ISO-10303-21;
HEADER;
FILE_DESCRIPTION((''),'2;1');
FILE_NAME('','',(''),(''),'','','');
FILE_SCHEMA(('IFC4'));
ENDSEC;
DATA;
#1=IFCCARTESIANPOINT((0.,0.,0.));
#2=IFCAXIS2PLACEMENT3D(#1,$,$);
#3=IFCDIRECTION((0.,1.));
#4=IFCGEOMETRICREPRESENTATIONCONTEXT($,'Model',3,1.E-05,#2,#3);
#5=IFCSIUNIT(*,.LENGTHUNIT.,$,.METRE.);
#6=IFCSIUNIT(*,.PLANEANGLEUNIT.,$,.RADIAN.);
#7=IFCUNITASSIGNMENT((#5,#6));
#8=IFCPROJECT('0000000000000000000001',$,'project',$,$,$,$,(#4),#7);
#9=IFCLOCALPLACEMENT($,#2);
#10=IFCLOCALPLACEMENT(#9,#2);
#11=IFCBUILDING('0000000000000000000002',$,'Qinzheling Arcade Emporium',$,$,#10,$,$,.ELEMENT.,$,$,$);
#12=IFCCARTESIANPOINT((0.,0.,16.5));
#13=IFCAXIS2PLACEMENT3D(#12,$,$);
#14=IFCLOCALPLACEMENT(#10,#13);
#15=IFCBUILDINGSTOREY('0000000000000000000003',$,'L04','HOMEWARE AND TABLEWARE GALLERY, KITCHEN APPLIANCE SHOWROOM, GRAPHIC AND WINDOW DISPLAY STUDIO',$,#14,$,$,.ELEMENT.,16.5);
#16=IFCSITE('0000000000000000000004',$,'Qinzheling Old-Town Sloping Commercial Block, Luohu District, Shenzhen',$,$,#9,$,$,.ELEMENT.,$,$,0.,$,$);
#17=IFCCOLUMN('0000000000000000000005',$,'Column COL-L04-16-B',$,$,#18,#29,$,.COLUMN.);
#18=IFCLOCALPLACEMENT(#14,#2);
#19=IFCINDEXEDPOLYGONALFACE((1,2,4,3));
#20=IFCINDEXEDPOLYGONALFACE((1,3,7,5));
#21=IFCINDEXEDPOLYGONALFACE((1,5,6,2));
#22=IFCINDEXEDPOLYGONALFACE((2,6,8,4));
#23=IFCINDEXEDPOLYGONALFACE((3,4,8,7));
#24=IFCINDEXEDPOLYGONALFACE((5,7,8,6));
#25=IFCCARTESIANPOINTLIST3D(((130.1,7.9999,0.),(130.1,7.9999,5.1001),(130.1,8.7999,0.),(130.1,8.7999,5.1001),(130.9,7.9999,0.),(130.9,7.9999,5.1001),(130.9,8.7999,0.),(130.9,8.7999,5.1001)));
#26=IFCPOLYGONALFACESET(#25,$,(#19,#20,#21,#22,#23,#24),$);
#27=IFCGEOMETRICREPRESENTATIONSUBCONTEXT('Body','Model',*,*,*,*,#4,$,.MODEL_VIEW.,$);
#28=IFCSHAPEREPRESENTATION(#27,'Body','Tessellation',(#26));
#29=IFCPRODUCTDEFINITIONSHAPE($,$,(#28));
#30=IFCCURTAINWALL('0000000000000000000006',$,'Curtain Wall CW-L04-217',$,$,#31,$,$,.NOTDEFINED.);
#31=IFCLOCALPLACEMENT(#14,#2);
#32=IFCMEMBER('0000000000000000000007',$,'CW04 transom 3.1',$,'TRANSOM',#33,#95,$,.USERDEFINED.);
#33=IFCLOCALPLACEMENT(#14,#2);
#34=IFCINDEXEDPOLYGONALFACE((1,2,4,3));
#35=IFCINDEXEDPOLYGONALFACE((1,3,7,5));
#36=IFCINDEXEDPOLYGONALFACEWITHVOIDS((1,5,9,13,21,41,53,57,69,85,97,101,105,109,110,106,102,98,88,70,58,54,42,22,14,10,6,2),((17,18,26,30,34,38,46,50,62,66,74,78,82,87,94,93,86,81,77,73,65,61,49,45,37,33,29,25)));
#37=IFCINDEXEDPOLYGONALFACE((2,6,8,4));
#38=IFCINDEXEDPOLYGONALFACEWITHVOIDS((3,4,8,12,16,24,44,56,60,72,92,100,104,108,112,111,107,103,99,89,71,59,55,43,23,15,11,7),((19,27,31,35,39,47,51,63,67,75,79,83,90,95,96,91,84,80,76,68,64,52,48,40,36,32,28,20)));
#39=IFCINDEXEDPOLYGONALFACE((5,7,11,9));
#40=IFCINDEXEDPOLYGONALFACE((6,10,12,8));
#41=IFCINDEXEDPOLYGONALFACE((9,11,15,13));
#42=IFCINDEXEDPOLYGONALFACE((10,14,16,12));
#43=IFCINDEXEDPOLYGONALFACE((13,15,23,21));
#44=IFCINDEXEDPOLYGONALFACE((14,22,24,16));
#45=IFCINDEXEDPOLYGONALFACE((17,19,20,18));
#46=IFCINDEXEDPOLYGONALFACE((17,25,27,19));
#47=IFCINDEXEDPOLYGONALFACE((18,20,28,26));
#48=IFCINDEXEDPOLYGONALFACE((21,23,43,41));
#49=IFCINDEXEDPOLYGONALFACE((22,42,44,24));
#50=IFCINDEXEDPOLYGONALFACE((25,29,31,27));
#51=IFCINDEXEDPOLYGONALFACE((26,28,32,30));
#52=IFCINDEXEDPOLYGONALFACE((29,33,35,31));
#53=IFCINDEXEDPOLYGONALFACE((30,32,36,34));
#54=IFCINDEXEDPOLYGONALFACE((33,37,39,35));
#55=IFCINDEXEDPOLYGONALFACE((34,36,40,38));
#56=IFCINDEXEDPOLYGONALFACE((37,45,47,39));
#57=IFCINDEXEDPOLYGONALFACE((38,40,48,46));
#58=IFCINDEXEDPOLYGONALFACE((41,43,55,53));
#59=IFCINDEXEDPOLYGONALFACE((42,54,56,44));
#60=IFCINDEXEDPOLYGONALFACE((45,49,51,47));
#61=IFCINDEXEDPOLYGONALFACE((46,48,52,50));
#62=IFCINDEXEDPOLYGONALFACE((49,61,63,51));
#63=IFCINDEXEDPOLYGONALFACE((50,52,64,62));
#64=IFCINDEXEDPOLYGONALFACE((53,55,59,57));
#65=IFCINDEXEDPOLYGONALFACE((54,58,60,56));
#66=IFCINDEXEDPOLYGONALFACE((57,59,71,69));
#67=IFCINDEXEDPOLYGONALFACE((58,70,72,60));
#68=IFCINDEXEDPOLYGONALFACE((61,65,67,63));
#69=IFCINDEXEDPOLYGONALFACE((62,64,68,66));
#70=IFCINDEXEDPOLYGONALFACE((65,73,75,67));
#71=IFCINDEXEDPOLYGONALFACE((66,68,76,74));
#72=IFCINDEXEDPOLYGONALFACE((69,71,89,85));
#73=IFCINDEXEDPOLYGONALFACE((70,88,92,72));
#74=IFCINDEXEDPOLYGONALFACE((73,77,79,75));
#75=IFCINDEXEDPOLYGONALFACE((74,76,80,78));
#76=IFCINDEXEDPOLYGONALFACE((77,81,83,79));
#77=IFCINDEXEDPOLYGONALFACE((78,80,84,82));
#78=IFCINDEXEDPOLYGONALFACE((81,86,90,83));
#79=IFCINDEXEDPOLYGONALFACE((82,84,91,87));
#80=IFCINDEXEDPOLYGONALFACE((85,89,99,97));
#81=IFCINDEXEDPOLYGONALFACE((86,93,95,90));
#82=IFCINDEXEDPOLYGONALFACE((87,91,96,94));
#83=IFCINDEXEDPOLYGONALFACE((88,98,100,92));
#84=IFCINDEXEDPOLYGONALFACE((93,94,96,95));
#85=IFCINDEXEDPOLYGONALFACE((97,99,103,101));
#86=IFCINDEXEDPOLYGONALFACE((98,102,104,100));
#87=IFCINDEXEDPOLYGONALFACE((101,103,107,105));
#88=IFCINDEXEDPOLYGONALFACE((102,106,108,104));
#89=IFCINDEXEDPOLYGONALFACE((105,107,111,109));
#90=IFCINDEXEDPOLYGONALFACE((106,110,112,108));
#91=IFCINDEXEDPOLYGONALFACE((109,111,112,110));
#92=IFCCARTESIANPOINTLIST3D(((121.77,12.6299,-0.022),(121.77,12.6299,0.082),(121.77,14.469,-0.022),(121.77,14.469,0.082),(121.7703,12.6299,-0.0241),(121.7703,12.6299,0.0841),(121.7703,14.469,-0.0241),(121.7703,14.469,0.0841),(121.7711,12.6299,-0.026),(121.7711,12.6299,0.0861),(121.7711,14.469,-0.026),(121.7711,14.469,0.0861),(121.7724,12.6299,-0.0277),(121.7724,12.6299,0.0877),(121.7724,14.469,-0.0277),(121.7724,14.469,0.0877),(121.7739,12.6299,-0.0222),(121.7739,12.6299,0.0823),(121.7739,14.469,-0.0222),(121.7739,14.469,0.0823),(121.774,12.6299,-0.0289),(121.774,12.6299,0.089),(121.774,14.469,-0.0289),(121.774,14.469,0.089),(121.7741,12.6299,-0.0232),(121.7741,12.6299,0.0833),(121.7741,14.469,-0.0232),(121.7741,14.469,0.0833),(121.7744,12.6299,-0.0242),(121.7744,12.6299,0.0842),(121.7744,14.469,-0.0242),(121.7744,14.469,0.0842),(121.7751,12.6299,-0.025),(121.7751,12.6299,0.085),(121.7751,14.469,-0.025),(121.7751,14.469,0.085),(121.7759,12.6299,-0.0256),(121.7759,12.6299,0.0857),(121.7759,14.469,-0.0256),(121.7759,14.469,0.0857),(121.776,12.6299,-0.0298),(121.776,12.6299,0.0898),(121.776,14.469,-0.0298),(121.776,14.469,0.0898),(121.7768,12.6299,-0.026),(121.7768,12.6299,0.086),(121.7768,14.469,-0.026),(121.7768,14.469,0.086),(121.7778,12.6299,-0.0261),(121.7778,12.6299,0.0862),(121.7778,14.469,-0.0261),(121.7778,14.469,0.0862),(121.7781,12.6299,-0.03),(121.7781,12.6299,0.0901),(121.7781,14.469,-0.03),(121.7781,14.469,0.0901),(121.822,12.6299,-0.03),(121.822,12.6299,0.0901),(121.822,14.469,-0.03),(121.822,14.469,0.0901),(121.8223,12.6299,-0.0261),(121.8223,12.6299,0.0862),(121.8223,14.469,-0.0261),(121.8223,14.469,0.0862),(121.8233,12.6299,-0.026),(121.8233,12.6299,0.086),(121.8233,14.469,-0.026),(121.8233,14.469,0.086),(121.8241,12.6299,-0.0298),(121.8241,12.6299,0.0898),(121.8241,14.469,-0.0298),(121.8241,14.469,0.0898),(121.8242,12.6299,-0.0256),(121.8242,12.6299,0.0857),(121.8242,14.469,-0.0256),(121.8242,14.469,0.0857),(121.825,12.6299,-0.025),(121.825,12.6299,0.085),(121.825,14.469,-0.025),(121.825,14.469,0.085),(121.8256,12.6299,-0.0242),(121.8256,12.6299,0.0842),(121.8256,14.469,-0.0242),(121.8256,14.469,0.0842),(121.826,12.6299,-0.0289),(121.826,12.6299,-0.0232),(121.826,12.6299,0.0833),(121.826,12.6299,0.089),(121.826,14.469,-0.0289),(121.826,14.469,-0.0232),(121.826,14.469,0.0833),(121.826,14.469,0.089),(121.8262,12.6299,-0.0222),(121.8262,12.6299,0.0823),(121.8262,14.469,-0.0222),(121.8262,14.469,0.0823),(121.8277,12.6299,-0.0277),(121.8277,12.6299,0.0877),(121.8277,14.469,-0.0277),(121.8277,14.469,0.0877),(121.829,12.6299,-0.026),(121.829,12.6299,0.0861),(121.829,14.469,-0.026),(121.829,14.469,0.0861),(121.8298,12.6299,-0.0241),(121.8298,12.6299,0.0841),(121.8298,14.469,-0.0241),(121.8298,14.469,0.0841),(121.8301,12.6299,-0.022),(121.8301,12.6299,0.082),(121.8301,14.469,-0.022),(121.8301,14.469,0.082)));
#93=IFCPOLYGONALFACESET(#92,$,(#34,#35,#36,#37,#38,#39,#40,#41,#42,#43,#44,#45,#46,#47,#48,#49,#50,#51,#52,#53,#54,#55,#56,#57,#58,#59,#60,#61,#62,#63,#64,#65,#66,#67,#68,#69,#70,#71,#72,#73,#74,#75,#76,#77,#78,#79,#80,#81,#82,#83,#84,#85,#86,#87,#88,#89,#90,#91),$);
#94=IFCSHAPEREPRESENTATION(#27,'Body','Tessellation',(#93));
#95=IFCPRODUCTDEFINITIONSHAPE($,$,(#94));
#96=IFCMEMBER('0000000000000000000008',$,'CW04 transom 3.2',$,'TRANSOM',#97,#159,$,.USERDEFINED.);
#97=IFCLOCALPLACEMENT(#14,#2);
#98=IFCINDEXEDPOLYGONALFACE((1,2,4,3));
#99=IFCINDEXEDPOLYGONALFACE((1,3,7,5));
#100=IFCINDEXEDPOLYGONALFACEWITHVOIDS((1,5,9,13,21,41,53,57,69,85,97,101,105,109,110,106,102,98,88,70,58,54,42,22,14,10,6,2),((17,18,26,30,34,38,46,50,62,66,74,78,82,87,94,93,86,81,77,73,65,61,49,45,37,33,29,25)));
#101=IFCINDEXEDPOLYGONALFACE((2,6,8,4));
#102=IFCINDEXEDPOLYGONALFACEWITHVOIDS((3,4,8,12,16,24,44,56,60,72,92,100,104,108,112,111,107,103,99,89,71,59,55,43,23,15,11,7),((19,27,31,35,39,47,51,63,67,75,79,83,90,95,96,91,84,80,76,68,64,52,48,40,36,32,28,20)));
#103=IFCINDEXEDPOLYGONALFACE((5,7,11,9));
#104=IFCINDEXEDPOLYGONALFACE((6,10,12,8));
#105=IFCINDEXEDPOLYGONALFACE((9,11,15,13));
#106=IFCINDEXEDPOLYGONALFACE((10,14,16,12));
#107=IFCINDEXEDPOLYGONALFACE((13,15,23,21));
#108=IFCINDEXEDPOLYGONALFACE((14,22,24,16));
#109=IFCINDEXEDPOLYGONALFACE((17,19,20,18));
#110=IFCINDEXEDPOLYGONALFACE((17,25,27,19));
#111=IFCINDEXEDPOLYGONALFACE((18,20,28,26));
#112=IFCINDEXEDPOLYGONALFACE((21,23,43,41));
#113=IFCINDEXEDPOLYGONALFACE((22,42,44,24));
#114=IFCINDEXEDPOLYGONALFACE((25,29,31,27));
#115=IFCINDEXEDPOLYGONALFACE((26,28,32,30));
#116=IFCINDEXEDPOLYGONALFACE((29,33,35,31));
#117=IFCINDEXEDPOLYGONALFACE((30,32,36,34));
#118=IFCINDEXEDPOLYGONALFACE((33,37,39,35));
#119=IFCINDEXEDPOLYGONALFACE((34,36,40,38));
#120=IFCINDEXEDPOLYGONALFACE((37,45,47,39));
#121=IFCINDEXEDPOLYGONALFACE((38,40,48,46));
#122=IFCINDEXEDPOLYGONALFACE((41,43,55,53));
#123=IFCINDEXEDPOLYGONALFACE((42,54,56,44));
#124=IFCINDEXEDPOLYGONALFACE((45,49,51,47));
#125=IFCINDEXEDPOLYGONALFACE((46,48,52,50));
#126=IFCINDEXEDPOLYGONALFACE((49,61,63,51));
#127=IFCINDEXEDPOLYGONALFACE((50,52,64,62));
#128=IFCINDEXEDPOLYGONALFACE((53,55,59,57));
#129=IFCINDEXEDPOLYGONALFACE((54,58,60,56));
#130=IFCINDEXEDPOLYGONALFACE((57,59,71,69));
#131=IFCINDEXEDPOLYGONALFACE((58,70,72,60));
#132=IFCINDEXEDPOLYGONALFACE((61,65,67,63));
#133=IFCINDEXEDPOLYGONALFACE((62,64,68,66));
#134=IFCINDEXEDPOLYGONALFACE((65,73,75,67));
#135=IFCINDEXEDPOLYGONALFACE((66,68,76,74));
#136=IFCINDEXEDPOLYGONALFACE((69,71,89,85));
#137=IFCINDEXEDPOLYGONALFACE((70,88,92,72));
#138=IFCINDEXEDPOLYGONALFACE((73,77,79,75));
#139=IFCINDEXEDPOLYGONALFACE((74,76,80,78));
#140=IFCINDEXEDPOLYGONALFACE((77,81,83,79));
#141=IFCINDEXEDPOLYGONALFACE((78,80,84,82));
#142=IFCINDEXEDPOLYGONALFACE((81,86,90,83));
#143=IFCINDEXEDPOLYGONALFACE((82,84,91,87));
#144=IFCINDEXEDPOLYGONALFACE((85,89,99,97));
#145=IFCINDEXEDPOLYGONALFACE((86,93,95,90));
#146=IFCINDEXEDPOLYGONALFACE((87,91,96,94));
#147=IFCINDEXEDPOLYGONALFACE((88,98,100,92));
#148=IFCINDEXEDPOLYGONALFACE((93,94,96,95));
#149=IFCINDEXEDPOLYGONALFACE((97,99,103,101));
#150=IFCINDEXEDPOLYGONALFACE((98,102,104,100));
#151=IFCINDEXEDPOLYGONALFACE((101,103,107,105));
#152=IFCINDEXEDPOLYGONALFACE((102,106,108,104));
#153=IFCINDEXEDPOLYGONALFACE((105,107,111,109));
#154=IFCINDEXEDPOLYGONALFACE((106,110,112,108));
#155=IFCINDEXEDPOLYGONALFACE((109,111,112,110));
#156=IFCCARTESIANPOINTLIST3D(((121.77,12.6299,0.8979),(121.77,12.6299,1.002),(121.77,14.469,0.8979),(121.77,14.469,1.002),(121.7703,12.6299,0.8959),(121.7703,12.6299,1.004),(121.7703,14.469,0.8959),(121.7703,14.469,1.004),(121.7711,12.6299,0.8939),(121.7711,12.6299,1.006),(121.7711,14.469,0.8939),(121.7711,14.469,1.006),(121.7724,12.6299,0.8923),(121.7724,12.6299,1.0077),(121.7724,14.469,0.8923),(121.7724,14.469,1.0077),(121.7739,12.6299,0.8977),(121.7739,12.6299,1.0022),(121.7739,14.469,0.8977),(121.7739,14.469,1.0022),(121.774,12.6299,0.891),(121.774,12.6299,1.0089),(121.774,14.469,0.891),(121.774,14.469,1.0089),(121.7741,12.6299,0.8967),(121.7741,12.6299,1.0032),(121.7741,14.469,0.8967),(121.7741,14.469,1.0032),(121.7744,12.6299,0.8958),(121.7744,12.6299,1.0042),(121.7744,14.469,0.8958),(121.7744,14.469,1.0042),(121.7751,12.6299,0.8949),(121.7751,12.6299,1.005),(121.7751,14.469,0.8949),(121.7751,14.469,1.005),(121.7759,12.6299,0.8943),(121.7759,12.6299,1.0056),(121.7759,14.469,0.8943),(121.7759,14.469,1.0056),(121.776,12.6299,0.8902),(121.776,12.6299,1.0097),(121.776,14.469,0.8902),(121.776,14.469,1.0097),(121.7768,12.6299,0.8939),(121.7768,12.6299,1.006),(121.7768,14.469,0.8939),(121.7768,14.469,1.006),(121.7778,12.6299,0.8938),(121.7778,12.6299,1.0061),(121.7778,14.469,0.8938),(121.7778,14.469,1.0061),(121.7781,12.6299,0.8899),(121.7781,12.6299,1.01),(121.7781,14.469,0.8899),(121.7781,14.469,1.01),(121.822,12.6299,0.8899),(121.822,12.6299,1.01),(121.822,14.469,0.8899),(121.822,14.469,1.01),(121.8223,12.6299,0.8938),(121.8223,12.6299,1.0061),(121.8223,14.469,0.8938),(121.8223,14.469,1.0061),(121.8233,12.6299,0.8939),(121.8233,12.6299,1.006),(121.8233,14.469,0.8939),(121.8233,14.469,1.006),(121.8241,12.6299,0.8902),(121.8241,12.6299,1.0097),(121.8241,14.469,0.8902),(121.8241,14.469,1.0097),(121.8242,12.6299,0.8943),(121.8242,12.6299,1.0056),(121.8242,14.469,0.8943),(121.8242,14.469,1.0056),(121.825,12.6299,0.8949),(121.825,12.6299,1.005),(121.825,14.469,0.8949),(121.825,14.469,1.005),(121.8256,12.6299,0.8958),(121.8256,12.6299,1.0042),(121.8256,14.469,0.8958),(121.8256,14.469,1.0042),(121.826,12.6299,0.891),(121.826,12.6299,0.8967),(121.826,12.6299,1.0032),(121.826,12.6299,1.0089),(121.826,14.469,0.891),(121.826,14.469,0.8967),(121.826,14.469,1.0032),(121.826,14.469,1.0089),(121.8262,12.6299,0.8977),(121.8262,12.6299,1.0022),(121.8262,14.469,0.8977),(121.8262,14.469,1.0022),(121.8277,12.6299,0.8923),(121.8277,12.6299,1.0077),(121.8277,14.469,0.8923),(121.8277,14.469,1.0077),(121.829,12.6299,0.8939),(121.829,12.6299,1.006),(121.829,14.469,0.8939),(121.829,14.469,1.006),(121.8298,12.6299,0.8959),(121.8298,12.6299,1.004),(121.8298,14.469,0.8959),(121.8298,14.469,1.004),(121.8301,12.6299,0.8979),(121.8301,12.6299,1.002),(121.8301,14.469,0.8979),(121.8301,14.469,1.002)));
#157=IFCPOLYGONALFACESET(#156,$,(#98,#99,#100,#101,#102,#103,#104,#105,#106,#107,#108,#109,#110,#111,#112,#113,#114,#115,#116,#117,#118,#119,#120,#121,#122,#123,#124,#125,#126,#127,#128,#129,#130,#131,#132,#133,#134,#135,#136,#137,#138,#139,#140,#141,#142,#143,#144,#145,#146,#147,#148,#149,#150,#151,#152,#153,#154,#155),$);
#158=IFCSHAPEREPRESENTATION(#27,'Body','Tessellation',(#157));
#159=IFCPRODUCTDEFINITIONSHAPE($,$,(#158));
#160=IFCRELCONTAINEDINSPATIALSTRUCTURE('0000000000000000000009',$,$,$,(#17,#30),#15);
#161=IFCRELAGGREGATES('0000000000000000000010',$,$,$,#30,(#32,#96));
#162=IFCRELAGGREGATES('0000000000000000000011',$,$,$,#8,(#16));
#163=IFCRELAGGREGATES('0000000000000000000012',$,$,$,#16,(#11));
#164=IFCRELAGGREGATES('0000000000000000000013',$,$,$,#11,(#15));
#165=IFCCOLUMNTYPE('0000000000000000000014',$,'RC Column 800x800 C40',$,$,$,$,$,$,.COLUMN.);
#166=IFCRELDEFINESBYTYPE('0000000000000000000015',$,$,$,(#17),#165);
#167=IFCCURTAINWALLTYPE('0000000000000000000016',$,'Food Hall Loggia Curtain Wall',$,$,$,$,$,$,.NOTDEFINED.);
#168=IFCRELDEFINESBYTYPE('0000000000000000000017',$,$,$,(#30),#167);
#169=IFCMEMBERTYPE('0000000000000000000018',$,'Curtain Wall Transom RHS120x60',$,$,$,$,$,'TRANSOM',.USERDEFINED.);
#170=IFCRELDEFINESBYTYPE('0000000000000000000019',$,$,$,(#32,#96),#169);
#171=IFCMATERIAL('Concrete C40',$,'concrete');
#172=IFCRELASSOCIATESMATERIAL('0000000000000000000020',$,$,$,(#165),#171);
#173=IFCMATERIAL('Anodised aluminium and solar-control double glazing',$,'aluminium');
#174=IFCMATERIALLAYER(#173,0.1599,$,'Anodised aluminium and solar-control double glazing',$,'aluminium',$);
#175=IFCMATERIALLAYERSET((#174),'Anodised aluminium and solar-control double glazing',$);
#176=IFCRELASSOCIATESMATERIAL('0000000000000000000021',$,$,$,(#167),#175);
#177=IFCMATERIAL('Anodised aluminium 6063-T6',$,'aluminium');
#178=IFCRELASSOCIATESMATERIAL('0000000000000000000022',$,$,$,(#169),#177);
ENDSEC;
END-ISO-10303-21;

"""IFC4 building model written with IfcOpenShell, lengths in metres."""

from ifc_helpers import new_model, si_unit, direction, frame, origin, origin_2d, place, context, subcontext, project, spatial, rectangle, hollow_rectangle, extrude, material, layer, layer_set, material_profile, profile_set, type_object, element, aggregate, save


model = new_model("IFC4")

# Units and contexts
model_context = context("Model", 3, precision=1e-05, world=origin(), true_north=direction((0.0, 1.0)))
body_context = subcontext(model_context, "Body", "Model", "MODEL_VIEW")
ifc_project = project(units=[si_unit("LENGTHUNIT", "METRE"), si_unit("PLANEANGLEUNIT", "RADIAN")], contexts=[model_context])

# Site, building, storey
site_placement = place(None, origin())
site = spatial("IfcSite", under=ifc_project, at=site_placement, Name="Qinzheling Old-Town Sloping Commercial Block, Luohu District, Shenzhen", CompositionType="ELEMENT", RefElevation=0.0)
building_placement = place(site_placement, origin())
building = spatial("IfcBuilding", under=site, at=building_placement, Name="Qinzheling Arcade Emporium", CompositionType="ELEMENT")
storey_placement = place(building_placement, frame((0.0, 0.0, 16.5)))
storey = spatial("IfcBuildingStorey", under=building, at=storey_placement, Name="L04", Description="HOMEWARE AND TABLEWARE GALLERY, KITCHEN APPLIANCE SHOWROOM, GRAPHIC AND WINDOW DISPLAY STUDIO", CompositionType="ELEMENT", Elevation=16.5)

# Column
ifc_material_1 = material(Name="Concrete C40", Category="concrete")
ifc_material_profile_1 = material_profile(ifc_material_1, rectangle(XDim=0.8, YDim=0.8, at=origin_2d()), Name="RC 800x800", Category="concrete")
ifc_profile_set_1 = profile_set([ifc_material_profile_1], Name="Concrete C40")
column_type = type_object("IfcColumnType", Name="RC Column 800x800 C40", PredefinedType="COLUMN", material=ifc_profile_set_1)
column_placement = place(storey_placement, frame((130.5, 8.3999, 0.0), z_axis=(0.0, 0.0, 1.0), x_axis=(1.0, 0.0, 0.0)))
element("IfcColumn", 1, at=column_placement, inside=storey, type_object=column_type, Name="Column COL-L04-16-B", PredefinedType="COLUMN", context=body_context, shape_type="SweptSolid", body=[
    extrude(rectangle(XDim=0.8, YDim=0.8, at=origin_2d()), origin(), (0.0, 0.0, 1.0), 5.1001),
])

# Curtain wall, members
ifc_material_2 = material(Name="Anodised aluminium and solar-control double glazing", Category="aluminium")
ifc_layer_1 = layer(ifc_material_2, 0.1599, Name="Anodised aluminium and solar-control double glazing", Category="aluminium")
ifc_layer_set_1 = layer_set([ifc_layer_1], Name="Anodised aluminium and solar-control double glazing")
curtain_wall_type = type_object("IfcCurtainWallType", Name="Food Hall Loggia Curtain Wall", PredefinedType="NOTDEFINED", material=ifc_layer_set_1)
curtain_wall_placement = place(storey_placement, origin())
curtain_wall = element("IfcCurtainWall", 2, at=curtain_wall_placement, inside=storey, type_object=curtain_wall_type, Name="Curtain Wall CW-L04-217", PredefinedType="NOTDEFINED")
ifc_material_3 = material(Name="Anodised aluminium 6063-T6", Category="aluminium")
ifc_material_profile_2 = material_profile(ifc_material_3, hollow_rectangle(XDim=0.0601, YDim=0.1201, WallThickness=0.0039, InnerFilletRadius=0.0039, OuterFilletRadius=0.0081, at=origin_2d()), Name="RHS 120x60x4", Category="aluminium")
ifc_profile_set_2 = profile_set([ifc_material_profile_2], Name="Anodised aluminium 6063-T6")
member_type = type_object("IfcMemberType", Name="Curtain Wall Transom RHS120x60", ElementType="TRANSOM", PredefinedType="USERDEFINED", material=ifc_profile_set_2)
member_1_placement = place(storey_placement, frame((121.8, 12.6299, 0.03), z_axis=(0.0, 1.0, 0.0), x_axis=(-1.0, 0.0, 0.0)))
member_1 = element("IfcMember", 3, at=member_1_placement, type_object=member_type, Name="CW04 transom 3.1", ObjectType="TRANSOM", PredefinedType="USERDEFINED", context=body_context, shape_type="SweptSolid", body=[
    extrude(hollow_rectangle(XDim=0.0601, YDim=0.1201, WallThickness=0.0039, InnerFilletRadius=0.0039, OuterFilletRadius=0.0081, at=origin_2d()), origin(), (0.0, 0.0, 1.0), 1.8391),
])
member_2_placement = place(storey_placement, frame((121.8, 12.6299, 0.95), z_axis=(0.0, 1.0, 0.0), x_axis=(-1.0, 0.0, 0.0)))
member_2 = element("IfcMember", 4, at=member_2_placement, type_object=member_type, Name="CW04 transom 3.2", ObjectType="TRANSOM", PredefinedType="USERDEFINED", context=body_context, shape_type="SweptSolid", body=[
    extrude(hollow_rectangle(XDim=0.0601, YDim=0.1201, WallThickness=0.0039, InnerFilletRadius=0.0039, OuterFilletRadius=0.0081, at=origin_2d()), origin(), (0.0, 0.0, 1.0), 1.8391),
])
aggregate(curtain_wall, [member_1, member_2])

save(model, "model.ifc")
